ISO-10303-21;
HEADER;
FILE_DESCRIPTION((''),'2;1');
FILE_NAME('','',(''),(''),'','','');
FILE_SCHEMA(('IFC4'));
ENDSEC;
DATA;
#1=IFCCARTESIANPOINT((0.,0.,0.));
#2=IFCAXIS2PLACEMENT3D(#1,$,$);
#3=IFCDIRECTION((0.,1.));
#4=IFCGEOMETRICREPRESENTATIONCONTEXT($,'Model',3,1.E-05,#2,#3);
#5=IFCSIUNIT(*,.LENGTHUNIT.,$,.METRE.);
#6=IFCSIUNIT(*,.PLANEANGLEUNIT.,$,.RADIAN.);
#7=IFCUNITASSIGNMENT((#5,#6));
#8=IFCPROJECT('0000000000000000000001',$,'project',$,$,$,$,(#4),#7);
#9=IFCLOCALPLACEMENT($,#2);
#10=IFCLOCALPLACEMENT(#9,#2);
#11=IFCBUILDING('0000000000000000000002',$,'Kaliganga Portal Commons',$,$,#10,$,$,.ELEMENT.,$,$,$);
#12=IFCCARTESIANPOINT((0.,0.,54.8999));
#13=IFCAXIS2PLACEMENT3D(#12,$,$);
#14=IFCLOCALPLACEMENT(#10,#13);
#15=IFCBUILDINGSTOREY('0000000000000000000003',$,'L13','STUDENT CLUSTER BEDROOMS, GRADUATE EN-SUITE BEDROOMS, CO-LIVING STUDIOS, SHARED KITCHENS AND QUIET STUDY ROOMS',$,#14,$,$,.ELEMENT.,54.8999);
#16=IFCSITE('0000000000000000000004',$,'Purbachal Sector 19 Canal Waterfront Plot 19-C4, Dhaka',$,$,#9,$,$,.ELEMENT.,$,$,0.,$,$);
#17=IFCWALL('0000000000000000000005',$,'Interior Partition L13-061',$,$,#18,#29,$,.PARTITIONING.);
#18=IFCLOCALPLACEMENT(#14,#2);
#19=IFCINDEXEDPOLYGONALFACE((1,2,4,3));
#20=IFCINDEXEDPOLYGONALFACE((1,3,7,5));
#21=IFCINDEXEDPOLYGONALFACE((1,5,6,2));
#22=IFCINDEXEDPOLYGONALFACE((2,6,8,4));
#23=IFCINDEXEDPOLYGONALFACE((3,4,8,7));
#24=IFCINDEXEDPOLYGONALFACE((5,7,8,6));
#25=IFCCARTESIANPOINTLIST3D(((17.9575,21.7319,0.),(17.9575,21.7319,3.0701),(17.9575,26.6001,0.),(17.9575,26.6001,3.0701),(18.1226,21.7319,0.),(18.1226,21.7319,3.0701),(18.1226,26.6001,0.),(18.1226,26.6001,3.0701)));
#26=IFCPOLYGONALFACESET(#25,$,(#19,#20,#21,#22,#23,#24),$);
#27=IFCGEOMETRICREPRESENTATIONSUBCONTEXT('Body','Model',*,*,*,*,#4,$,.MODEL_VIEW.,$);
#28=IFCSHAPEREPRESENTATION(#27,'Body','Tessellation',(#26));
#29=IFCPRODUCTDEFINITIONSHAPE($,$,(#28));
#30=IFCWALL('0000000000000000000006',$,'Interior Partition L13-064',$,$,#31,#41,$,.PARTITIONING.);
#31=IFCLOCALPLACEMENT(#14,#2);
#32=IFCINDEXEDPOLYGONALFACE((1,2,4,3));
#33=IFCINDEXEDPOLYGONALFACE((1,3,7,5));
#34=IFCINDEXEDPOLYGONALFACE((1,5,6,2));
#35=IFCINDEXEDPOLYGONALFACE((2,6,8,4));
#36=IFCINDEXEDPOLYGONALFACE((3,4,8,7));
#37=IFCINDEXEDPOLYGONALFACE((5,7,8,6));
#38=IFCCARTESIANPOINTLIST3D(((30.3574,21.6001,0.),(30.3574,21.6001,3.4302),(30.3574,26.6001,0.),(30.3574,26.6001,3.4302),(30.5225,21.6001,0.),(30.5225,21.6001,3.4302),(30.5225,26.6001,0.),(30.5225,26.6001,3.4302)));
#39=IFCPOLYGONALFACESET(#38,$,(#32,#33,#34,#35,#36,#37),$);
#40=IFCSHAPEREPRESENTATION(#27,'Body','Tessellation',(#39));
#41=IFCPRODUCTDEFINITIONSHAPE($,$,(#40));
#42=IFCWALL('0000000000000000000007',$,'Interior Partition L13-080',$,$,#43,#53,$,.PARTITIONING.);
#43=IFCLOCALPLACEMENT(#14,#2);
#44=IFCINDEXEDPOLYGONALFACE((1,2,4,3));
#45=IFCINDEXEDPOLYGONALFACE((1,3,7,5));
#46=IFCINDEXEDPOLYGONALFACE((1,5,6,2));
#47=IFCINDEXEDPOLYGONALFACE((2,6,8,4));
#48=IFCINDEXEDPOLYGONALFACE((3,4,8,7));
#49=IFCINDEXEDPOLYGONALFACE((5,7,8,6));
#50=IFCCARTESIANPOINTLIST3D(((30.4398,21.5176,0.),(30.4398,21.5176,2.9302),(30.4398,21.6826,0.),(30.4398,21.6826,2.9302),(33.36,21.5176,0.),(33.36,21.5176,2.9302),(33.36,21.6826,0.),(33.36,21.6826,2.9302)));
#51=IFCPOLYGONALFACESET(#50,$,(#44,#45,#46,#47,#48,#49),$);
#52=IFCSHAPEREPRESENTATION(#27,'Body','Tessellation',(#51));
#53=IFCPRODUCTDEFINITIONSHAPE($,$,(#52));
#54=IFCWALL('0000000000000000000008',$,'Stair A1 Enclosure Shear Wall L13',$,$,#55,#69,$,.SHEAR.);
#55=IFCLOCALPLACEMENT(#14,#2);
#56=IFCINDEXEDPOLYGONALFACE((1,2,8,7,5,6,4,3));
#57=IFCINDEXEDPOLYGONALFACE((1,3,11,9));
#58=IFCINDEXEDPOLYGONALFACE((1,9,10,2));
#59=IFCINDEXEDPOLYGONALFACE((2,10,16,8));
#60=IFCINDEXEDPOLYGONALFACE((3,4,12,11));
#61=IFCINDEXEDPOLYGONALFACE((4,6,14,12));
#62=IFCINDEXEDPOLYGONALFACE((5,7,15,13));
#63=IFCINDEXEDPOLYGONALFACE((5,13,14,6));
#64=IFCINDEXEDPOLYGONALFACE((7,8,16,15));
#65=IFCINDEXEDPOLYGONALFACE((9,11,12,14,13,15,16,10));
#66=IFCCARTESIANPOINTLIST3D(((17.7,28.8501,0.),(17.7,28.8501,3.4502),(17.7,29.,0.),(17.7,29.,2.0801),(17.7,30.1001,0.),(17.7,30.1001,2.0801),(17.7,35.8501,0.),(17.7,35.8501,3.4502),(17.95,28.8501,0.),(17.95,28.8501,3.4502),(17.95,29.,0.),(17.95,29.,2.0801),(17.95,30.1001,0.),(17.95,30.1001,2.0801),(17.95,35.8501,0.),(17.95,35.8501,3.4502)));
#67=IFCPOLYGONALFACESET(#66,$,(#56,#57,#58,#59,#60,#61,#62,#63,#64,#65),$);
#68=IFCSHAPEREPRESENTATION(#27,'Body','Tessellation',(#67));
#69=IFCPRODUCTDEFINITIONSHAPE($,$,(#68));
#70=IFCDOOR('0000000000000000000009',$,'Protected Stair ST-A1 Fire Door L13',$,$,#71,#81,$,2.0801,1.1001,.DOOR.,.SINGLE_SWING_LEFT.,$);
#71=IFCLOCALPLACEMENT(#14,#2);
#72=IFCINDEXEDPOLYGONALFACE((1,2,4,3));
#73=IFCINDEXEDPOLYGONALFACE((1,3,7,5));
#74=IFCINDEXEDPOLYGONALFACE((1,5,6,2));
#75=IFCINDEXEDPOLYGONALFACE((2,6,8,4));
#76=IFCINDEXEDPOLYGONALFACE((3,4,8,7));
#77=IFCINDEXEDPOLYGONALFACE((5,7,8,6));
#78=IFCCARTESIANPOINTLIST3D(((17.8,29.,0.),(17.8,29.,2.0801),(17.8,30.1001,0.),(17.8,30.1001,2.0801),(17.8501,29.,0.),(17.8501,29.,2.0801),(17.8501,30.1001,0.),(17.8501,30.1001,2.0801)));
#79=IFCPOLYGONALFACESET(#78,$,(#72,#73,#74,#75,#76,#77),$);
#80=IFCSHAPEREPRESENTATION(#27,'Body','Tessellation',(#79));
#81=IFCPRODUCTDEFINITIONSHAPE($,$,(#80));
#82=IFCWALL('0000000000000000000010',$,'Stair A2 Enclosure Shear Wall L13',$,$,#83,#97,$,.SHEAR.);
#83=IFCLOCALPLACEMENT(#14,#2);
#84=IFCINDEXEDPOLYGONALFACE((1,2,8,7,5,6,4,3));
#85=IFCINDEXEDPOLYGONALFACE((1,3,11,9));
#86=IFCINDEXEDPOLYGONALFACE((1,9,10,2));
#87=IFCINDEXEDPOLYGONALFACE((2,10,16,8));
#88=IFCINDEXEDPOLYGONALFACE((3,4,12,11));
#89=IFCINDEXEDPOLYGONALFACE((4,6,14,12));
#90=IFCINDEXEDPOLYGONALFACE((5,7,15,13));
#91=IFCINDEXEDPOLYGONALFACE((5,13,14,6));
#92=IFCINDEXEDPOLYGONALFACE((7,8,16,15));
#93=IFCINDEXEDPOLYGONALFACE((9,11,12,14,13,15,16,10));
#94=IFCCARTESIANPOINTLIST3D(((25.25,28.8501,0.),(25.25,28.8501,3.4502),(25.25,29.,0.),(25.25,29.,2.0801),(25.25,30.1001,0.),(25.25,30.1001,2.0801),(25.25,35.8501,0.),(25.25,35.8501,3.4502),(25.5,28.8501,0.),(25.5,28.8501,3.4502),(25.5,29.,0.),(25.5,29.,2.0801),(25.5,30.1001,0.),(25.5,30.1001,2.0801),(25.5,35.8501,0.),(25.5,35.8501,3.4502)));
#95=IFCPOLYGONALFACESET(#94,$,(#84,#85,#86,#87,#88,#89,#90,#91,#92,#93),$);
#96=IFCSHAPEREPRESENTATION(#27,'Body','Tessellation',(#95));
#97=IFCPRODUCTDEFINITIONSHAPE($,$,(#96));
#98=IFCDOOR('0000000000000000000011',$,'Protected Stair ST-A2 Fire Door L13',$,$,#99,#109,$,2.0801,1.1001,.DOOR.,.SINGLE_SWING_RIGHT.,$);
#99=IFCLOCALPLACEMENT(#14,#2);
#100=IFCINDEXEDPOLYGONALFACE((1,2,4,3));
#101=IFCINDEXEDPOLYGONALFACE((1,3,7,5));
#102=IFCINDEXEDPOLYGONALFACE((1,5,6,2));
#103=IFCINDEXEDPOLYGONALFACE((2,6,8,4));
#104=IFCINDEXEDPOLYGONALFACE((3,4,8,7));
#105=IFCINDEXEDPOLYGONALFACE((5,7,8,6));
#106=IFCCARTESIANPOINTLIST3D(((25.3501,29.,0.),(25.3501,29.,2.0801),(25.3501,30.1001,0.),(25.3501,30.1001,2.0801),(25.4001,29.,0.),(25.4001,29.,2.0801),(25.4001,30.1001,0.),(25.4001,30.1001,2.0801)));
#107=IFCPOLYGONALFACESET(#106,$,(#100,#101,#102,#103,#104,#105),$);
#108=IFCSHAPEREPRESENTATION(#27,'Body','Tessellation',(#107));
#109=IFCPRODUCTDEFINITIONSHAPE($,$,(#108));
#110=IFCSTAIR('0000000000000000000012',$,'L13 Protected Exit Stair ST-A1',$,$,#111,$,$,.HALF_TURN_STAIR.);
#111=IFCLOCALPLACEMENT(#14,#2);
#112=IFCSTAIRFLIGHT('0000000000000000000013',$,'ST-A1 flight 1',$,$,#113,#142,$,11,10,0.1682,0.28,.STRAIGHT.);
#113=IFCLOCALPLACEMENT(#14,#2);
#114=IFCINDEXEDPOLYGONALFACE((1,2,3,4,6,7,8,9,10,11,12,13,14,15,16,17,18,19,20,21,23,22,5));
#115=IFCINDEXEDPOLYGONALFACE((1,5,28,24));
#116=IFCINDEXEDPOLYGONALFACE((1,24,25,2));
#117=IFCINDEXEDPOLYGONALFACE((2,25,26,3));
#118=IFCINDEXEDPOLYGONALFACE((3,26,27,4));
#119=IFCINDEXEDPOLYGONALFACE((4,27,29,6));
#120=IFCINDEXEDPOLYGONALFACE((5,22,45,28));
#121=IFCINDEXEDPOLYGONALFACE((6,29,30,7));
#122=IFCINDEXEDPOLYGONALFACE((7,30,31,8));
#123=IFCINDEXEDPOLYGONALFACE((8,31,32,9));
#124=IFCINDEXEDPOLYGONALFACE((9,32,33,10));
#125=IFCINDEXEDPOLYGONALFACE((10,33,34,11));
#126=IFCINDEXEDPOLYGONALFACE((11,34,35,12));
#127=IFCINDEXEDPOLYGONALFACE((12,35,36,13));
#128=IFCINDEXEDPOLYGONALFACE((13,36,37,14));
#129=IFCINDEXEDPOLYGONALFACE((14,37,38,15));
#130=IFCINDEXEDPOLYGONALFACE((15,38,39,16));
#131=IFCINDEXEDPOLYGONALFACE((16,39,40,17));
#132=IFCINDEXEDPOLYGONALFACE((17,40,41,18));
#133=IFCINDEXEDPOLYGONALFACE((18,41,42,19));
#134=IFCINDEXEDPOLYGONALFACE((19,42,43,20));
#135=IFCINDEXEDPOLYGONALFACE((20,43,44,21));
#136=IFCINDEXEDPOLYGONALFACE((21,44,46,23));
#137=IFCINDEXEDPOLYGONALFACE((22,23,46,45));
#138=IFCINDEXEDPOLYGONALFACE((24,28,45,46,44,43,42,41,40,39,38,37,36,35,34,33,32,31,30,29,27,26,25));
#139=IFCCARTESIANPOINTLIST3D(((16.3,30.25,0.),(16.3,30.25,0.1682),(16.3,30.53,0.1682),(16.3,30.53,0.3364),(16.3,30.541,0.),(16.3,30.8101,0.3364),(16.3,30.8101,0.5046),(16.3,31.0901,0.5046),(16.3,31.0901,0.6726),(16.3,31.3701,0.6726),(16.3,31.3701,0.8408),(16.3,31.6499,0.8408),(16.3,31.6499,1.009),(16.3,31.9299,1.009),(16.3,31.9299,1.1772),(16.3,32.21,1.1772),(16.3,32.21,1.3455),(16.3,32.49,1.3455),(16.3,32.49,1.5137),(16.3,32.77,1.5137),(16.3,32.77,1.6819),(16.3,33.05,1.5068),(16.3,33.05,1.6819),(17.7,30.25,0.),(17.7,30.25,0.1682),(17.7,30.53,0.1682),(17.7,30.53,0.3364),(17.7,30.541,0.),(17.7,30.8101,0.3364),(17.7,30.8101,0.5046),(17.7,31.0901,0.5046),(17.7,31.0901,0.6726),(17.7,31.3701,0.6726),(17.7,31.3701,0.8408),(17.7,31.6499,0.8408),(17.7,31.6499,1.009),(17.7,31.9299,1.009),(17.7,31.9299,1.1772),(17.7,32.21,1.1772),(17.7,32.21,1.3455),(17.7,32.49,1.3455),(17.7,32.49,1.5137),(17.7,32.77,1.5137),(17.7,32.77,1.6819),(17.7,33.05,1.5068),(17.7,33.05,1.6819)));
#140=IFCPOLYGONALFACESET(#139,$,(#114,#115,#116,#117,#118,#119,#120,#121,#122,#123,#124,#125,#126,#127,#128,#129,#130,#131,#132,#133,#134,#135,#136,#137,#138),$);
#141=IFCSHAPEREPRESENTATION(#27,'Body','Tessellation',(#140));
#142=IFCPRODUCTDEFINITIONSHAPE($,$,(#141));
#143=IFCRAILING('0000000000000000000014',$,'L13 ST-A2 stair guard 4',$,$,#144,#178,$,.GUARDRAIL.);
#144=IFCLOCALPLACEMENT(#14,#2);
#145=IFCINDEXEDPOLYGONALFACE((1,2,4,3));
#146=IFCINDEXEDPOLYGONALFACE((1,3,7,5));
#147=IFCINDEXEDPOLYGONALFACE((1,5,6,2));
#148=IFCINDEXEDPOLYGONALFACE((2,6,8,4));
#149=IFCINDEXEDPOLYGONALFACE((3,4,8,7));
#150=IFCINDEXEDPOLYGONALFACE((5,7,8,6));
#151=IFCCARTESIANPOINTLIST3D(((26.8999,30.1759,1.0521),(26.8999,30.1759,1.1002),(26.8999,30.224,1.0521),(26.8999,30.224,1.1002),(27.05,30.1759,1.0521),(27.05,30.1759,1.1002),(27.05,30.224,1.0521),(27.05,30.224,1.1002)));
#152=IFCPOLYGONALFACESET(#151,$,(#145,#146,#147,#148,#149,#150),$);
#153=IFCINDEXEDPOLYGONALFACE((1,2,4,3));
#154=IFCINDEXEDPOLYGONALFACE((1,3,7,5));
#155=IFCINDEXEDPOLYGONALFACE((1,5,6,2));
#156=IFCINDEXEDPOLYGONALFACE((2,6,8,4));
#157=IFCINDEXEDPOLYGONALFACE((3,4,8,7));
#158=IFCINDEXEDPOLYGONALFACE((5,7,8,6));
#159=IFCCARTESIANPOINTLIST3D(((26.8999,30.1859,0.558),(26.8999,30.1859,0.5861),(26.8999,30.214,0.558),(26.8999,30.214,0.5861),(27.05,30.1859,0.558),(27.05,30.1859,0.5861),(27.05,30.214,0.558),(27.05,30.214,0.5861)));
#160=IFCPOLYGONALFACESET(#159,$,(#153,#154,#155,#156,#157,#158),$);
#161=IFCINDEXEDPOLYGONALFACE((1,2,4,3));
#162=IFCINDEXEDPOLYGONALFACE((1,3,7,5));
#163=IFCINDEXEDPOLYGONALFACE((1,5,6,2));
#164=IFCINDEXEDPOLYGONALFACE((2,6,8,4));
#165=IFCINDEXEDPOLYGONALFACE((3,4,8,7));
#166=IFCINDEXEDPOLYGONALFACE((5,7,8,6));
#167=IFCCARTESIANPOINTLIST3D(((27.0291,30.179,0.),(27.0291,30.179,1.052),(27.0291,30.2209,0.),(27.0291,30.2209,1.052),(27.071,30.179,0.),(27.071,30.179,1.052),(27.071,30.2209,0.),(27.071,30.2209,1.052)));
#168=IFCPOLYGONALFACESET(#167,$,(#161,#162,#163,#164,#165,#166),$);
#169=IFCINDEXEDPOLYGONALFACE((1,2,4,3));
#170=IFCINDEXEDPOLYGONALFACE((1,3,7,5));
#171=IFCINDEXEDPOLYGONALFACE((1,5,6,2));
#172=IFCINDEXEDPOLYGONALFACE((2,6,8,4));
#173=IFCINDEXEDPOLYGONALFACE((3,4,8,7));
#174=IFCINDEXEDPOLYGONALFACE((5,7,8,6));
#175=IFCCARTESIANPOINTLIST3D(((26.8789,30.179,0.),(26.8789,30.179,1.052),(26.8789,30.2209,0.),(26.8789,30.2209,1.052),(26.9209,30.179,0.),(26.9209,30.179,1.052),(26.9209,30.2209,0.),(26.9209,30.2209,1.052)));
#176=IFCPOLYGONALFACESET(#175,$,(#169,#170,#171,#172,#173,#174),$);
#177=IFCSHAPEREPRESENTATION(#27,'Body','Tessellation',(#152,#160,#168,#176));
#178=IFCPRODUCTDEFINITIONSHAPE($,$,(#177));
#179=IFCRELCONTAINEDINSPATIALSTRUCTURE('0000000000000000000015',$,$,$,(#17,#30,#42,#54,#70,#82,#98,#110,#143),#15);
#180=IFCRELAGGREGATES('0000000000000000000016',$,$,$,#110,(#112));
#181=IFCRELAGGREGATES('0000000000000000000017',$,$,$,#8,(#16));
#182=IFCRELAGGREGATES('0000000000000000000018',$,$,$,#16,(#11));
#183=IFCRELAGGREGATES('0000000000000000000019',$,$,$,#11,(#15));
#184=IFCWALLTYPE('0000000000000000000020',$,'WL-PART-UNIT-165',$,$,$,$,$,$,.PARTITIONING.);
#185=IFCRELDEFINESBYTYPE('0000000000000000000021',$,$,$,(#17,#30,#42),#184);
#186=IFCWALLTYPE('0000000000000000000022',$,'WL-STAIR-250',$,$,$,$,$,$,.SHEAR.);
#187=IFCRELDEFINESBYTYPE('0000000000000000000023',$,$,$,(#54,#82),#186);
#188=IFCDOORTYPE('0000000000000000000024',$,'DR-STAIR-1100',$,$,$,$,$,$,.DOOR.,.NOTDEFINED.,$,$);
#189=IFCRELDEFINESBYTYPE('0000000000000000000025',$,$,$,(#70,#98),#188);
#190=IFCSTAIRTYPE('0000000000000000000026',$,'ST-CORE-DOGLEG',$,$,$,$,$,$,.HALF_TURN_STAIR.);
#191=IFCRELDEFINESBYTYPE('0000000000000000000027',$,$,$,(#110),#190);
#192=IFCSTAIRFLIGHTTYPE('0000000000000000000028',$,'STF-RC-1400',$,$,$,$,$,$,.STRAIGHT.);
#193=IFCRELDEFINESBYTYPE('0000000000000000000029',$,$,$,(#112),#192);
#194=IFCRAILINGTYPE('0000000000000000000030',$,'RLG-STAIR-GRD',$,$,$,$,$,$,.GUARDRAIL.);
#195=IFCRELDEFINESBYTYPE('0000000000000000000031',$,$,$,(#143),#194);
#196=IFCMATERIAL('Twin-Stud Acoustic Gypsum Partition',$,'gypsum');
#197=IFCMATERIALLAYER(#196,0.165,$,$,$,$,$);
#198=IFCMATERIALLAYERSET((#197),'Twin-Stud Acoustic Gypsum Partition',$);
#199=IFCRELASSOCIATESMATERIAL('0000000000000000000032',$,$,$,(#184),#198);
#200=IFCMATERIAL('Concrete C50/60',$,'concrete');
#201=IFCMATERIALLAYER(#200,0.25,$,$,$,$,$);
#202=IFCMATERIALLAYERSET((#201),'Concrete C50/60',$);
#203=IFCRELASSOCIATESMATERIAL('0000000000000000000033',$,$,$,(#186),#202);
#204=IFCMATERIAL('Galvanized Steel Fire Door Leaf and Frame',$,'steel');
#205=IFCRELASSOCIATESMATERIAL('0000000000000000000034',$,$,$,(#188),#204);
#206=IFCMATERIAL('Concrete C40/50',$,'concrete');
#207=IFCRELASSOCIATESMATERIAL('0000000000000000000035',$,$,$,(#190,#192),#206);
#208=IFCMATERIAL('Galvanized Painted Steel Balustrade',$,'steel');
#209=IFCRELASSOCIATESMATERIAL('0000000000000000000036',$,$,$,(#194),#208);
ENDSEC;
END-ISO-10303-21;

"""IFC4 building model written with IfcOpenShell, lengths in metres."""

from ifc_helpers import new_model, si_unit, direction, frame, frame_2d, origin, origin_2d, place, context, subcontext, project, spatial, polyline, rectangle, outline, extrude, material, layer, layer_set, type_object, element, fill, aggregate, save


model = new_model("IFC4")

# Units and contexts
model_context = context("Model", 3, precision=1e-05, world=origin(), true_north=direction((0.0, 1.0)))
body_context = subcontext(model_context, "Body", "Model", "MODEL_VIEW")
ifc_project = project(units=[si_unit("LENGTHUNIT", "METRE"), si_unit("PLANEANGLEUNIT", "RADIAN")], contexts=[model_context])

# Site, building, storey
site_placement = place(None, origin())
site = spatial("IfcSite", under=ifc_project, at=site_placement, Name="Purbachal Sector 19 Canal Waterfront Plot 19-C4, Dhaka", CompositionType="ELEMENT", RefElevation=0.0)
building_placement = place(site_placement, origin())
building = spatial("IfcBuilding", under=site, at=building_placement, Name="Kaliganga Portal Commons", CompositionType="ELEMENT")
storey_placement = place(building_placement, frame((0.0, 0.0, 54.8999)))
storey = spatial("IfcBuildingStorey", under=building, at=storey_placement, Name="L13", Description="STUDENT CLUSTER BEDROOMS, GRADUATE EN-SUITE BEDROOMS, CO-LIVING STUDIOS, SHARED KITCHENS AND QUIET STUDY ROOMS", CompositionType="ELEMENT", Elevation=54.8999)

# Walls
ifc_material_1 = material(Name="Twin-Stud Acoustic Gypsum Partition", Category="gypsum")
ifc_layer_1 = layer(ifc_material_1, 0.165)
ifc_layer_set_1 = layer_set([ifc_layer_1], Name="Twin-Stud Acoustic Gypsum Partition")
wall_type_1 = type_object("IfcWallType", Name="WL-PART-UNIT-165", PredefinedType="PARTITIONING", material=ifc_layer_set_1)
wall_1_placement = place(storey_placement, frame((18.04, 21.7319, 0.0), z_axis=(0.0, 0.0, 1.0), x_axis=(0.0, 1.0, 0.0)))
element("IfcWall", 1, at=wall_1_placement, inside=storey, type_object=wall_type_1, Name="Interior Partition L13-061", PredefinedType="PARTITIONING", context=body_context, shape_type="SweptSolid", body=[
    extrude(rectangle(XDim=4.8682, YDim=0.165, at=frame_2d((2.4341, 0.0))), origin(), (0.0, 0.0, 1.0), 3.0701),
])
wall_2_placement = place(storey_placement, frame((30.4399, 21.6001, 0.0), z_axis=(0.0, 0.0, 1.0), x_axis=(0.0, 1.0, 0.0)))
element("IfcWall", 2, at=wall_2_placement, inside=storey, type_object=wall_type_1, Name="Interior Partition L13-064", PredefinedType="PARTITIONING", context=body_context, shape_type="SweptSolid", body=[
    extrude(rectangle(XDim=5.0, YDim=0.165, at=frame_2d((2.5, 0.0))), origin(), (0.0, 0.0, 1.0), 3.4302),
])
wall_3_placement = place(storey_placement, frame((30.4399, 21.6001, 0.0), z_axis=(0.0, 0.0, 1.0), x_axis=(1.0, 0.0, 0.0)))
element("IfcWall", 3, at=wall_3_placement, inside=storey, type_object=wall_type_1, Name="Interior Partition L13-080", PredefinedType="PARTITIONING", context=body_context, shape_type="SweptSolid", body=[
    extrude(rectangle(XDim=2.9202, YDim=0.165, at=frame_2d((1.46, 0.0))), origin(), (0.0, 0.0, 1.0), 2.9302),
])

# Walls, openings, doors
ifc_material_2 = material(Name="Concrete C50/60", Category="concrete")
ifc_layer_2 = layer(ifc_material_2, 0.25)
ifc_layer_set_2 = layer_set([ifc_layer_2], Name="Concrete C50/60")
wall_type_2 = type_object("IfcWallType", Name="WL-STAIR-250", PredefinedType="SHEAR", material=ifc_layer_set_2)
wall_4_placement = place(storey_placement, frame((17.825, 28.8501, 0.0), z_axis=(0.0, 0.0, 1.0), x_axis=(0.0, 1.0, 0.0)))
wall_4 = element("IfcWall", 4, at=wall_4_placement, inside=storey, type_object=wall_type_2, Name="Stair A1 Enclosure Shear Wall L13", PredefinedType="SHEAR", context=body_context, shape_type="SweptSolid", body=[
    extrude(rectangle(XDim=7.0, YDim=0.25, at=frame_2d((3.5, 0.0))), origin(), (0.0, 0.0, 1.0), 3.4502),
])
opening_1_placement = place(wall_4_placement, frame((0.1499, 0.0, 0.0)))
opening_1 = element("IfcOpeningElement", 5, at=opening_1_placement, cuts=wall_4, PredefinedType="OPENING", context=body_context, shape_type="SweptSolid", body=[
    extrude(rectangle(XDim=1.1001, YDim=2.0801, at=frame_2d((0.55, 1.04))), frame((0.0, 0.135, 0.0), z_axis=(0.0, -1.0, 0.0), x_axis=(1.0, 0.0, 0.0)), (0.0, 0.0, 1.0), 0.27),
])
ifc_material_3 = material(Name="Galvanized Steel Fire Door Leaf and Frame", Category="steel")
door_type_1 = type_object("IfcDoorType", Name="DR-STAIR-1100", OperationType="NOTDEFINED", PredefinedType="DOOR", material=ifc_material_3)
door_1_placement = place(opening_1_placement, origin())
door_1 = element("IfcDoor", 6, at=door_1_placement, inside=storey, type_object=door_type_1, Name="Protected Stair ST-A1 Fire Door L13", OperationType="SINGLE_SWING_LEFT", OverallHeight=2.0801, OverallWidth=1.1001, PredefinedType="DOOR", context=body_context, shape_type="SweptSolid", body=[
    extrude(rectangle(XDim=1.1001, YDim=2.0801, at=frame_2d((0.55, 1.04))), frame((0.0, 0.0249, 0.0), z_axis=(0.0, -1.0, 0.0), x_axis=(1.0, 0.0, 0.0)), (0.0, 0.0, 1.0), 0.05),
])
fill(opening_1, door_1)
wall_5_placement = place(storey_placement, frame((25.375, 28.8501, 0.0), z_axis=(0.0, 0.0, 1.0), x_axis=(0.0, 1.0, 0.0)))
wall_5 = element("IfcWall", 7, at=wall_5_placement, inside=storey, type_object=wall_type_2, Name="Stair A2 Enclosure Shear Wall L13", PredefinedType="SHEAR", context=body_context, shape_type="SweptSolid", body=[
    extrude(rectangle(XDim=7.0, YDim=0.25, at=frame_2d((3.5, 0.0))), origin(), (0.0, 0.0, 1.0), 3.4502),
])
opening_2_placement = place(wall_5_placement, frame((0.1499, 0.0, 0.0)))
opening_2 = element("IfcOpeningElement", 8, at=opening_2_placement, cuts=wall_5, PredefinedType="OPENING", context=body_context, shape_type="SweptSolid", body=[
    extrude(rectangle(XDim=1.1001, YDim=2.0801, at=frame_2d((0.55, 1.04))), frame((0.0, 0.135, 0.0), z_axis=(0.0, -1.0, 0.0), x_axis=(1.0, 0.0, 0.0)), (0.0, 0.0, 1.0), 0.27),
])
door_2_placement = place(opening_2_placement, origin())
door_2 = element("IfcDoor", 9, at=door_2_placement, inside=storey, type_object=door_type_1, Name="Protected Stair ST-A2 Fire Door L13", OperationType="SINGLE_SWING_RIGHT", OverallHeight=2.0801, OverallWidth=1.1001, PredefinedType="DOOR", context=body_context, shape_type="SweptSolid", body=[
    extrude(rectangle(XDim=1.1001, YDim=2.0801, at=frame_2d((0.55, 1.04))), frame((0.0, 0.0249, 0.0), z_axis=(0.0, -1.0, 0.0), x_axis=(1.0, 0.0, 0.0)), (0.0, 0.0, 1.0), 0.05),
])
fill(opening_2, door_2)

# Stair, stair flight
ifc_material_4 = material(Name="Concrete C40/50", Category="concrete")
stair_type = type_object("IfcStairType", Name="ST-CORE-DOGLEG", PredefinedType="HALF_TURN_STAIR", material=ifc_material_4)
stair_placement = place(storey_placement, origin())
stair = element("IfcStair", 10, at=stair_placement, inside=storey, type_object=stair_type, Name="L13 Protected Exit Stair ST-A1", PredefinedType="HALF_TURN_STAIR")
stair_flight_type = type_object("IfcStairFlightType", Name="STF-RC-1400", PredefinedType="STRAIGHT", material=ifc_material_4)
stair_flight_placement = place(storey_placement, frame((17.0, 30.25, 0.0), z_axis=(0.0, 0.0, 1.0), x_axis=(0.0, 1.0, 0.0)))
stair_flight = element("IfcStairFlight", 11, at=stair_flight_placement, type_object=stair_flight_type, Name="ST-A1 flight 1", NumberOfRisers=11, NumberOfTreads=10, PredefinedType="STRAIGHT", RiserHeight=0.1682, TreadLength=0.28, context=body_context, shape_type="SweptSolid", body=[
    extrude(outline(polyline([(0.0, 0.0), (0.0, 0.1682), (0.28, 0.1682), (0.28, 0.3364), (0.5601, 0.3364), (0.5601, 0.5046), (0.8401, 0.5046), (0.8401, 0.6726), (1.1201, 0.6726), (1.1201, 0.8408), (1.3999, 0.8408), (1.3999, 1.009), (1.6799, 1.009), (1.6799, 1.1772), (1.96, 1.1772), (1.96, 1.3455), (2.24, 1.3455), (2.24, 1.5137), (2.52, 1.5137), (2.52, 1.6819), (2.8, 1.6819), (2.8, 1.8501), (2.8, 1.5068), (0.291, 0.0), (0.0, 0.0)])), frame((0.0, 0.7, 0.0), z_axis=(0.0, -1.0, 0.0), x_axis=(1.0, 0.0, 0.0)), (0.0, 0.0, 1.0), 1.3999),
])
aggregate(stair, [stair_flight])

# Railing
ifc_material_5 = material(Name="Galvanized Painted Steel Balustrade", Category="steel")
railing_type = type_object("IfcRailingType", Name="RLG-STAIR-GRD", PredefinedType="GUARDRAIL", material=ifc_material_5)
railing_placement = place(storey_placement, frame((27.05, 30.2, 0.0)))
element("IfcRailing", 12, at=railing_placement, inside=storey, type_object=railing_type, Name="L13 ST-A2 stair guard 4", PredefinedType="GUARDRAIL", context=body_context, shape_type="SweptSolid", body=[
    extrude(rectangle(XDim=0.0481, YDim=0.0481, at=origin_2d()), frame((0.0, 0.0, 1.0762), z_axis=(-1.0, 0.0, 0.0), x_axis=(0.0, -1.0, 0.0)), (0.0, 0.0, 1.0), 0.1501),
    extrude(rectangle(XDim=0.0281, YDim=0.0281, at=origin_2d()), frame((0.0, 0.0, 0.572), z_axis=(-1.0, 0.0, 0.0), x_axis=(0.0, -1.0, 0.0)), (0.0, 0.0, 1.0), 0.1501),
    extrude(rectangle(XDim=0.042, YDim=0.042, at=origin_2d()), origin(), (0.0, 0.0, 1.0), 1.052),
    extrude(rectangle(XDim=0.042, YDim=0.042, at=origin_2d()), frame((-0.1501, 0.0, 0.0)), (0.0, 0.0, 1.0), 1.052),
])

save(model, "model.ifc")
